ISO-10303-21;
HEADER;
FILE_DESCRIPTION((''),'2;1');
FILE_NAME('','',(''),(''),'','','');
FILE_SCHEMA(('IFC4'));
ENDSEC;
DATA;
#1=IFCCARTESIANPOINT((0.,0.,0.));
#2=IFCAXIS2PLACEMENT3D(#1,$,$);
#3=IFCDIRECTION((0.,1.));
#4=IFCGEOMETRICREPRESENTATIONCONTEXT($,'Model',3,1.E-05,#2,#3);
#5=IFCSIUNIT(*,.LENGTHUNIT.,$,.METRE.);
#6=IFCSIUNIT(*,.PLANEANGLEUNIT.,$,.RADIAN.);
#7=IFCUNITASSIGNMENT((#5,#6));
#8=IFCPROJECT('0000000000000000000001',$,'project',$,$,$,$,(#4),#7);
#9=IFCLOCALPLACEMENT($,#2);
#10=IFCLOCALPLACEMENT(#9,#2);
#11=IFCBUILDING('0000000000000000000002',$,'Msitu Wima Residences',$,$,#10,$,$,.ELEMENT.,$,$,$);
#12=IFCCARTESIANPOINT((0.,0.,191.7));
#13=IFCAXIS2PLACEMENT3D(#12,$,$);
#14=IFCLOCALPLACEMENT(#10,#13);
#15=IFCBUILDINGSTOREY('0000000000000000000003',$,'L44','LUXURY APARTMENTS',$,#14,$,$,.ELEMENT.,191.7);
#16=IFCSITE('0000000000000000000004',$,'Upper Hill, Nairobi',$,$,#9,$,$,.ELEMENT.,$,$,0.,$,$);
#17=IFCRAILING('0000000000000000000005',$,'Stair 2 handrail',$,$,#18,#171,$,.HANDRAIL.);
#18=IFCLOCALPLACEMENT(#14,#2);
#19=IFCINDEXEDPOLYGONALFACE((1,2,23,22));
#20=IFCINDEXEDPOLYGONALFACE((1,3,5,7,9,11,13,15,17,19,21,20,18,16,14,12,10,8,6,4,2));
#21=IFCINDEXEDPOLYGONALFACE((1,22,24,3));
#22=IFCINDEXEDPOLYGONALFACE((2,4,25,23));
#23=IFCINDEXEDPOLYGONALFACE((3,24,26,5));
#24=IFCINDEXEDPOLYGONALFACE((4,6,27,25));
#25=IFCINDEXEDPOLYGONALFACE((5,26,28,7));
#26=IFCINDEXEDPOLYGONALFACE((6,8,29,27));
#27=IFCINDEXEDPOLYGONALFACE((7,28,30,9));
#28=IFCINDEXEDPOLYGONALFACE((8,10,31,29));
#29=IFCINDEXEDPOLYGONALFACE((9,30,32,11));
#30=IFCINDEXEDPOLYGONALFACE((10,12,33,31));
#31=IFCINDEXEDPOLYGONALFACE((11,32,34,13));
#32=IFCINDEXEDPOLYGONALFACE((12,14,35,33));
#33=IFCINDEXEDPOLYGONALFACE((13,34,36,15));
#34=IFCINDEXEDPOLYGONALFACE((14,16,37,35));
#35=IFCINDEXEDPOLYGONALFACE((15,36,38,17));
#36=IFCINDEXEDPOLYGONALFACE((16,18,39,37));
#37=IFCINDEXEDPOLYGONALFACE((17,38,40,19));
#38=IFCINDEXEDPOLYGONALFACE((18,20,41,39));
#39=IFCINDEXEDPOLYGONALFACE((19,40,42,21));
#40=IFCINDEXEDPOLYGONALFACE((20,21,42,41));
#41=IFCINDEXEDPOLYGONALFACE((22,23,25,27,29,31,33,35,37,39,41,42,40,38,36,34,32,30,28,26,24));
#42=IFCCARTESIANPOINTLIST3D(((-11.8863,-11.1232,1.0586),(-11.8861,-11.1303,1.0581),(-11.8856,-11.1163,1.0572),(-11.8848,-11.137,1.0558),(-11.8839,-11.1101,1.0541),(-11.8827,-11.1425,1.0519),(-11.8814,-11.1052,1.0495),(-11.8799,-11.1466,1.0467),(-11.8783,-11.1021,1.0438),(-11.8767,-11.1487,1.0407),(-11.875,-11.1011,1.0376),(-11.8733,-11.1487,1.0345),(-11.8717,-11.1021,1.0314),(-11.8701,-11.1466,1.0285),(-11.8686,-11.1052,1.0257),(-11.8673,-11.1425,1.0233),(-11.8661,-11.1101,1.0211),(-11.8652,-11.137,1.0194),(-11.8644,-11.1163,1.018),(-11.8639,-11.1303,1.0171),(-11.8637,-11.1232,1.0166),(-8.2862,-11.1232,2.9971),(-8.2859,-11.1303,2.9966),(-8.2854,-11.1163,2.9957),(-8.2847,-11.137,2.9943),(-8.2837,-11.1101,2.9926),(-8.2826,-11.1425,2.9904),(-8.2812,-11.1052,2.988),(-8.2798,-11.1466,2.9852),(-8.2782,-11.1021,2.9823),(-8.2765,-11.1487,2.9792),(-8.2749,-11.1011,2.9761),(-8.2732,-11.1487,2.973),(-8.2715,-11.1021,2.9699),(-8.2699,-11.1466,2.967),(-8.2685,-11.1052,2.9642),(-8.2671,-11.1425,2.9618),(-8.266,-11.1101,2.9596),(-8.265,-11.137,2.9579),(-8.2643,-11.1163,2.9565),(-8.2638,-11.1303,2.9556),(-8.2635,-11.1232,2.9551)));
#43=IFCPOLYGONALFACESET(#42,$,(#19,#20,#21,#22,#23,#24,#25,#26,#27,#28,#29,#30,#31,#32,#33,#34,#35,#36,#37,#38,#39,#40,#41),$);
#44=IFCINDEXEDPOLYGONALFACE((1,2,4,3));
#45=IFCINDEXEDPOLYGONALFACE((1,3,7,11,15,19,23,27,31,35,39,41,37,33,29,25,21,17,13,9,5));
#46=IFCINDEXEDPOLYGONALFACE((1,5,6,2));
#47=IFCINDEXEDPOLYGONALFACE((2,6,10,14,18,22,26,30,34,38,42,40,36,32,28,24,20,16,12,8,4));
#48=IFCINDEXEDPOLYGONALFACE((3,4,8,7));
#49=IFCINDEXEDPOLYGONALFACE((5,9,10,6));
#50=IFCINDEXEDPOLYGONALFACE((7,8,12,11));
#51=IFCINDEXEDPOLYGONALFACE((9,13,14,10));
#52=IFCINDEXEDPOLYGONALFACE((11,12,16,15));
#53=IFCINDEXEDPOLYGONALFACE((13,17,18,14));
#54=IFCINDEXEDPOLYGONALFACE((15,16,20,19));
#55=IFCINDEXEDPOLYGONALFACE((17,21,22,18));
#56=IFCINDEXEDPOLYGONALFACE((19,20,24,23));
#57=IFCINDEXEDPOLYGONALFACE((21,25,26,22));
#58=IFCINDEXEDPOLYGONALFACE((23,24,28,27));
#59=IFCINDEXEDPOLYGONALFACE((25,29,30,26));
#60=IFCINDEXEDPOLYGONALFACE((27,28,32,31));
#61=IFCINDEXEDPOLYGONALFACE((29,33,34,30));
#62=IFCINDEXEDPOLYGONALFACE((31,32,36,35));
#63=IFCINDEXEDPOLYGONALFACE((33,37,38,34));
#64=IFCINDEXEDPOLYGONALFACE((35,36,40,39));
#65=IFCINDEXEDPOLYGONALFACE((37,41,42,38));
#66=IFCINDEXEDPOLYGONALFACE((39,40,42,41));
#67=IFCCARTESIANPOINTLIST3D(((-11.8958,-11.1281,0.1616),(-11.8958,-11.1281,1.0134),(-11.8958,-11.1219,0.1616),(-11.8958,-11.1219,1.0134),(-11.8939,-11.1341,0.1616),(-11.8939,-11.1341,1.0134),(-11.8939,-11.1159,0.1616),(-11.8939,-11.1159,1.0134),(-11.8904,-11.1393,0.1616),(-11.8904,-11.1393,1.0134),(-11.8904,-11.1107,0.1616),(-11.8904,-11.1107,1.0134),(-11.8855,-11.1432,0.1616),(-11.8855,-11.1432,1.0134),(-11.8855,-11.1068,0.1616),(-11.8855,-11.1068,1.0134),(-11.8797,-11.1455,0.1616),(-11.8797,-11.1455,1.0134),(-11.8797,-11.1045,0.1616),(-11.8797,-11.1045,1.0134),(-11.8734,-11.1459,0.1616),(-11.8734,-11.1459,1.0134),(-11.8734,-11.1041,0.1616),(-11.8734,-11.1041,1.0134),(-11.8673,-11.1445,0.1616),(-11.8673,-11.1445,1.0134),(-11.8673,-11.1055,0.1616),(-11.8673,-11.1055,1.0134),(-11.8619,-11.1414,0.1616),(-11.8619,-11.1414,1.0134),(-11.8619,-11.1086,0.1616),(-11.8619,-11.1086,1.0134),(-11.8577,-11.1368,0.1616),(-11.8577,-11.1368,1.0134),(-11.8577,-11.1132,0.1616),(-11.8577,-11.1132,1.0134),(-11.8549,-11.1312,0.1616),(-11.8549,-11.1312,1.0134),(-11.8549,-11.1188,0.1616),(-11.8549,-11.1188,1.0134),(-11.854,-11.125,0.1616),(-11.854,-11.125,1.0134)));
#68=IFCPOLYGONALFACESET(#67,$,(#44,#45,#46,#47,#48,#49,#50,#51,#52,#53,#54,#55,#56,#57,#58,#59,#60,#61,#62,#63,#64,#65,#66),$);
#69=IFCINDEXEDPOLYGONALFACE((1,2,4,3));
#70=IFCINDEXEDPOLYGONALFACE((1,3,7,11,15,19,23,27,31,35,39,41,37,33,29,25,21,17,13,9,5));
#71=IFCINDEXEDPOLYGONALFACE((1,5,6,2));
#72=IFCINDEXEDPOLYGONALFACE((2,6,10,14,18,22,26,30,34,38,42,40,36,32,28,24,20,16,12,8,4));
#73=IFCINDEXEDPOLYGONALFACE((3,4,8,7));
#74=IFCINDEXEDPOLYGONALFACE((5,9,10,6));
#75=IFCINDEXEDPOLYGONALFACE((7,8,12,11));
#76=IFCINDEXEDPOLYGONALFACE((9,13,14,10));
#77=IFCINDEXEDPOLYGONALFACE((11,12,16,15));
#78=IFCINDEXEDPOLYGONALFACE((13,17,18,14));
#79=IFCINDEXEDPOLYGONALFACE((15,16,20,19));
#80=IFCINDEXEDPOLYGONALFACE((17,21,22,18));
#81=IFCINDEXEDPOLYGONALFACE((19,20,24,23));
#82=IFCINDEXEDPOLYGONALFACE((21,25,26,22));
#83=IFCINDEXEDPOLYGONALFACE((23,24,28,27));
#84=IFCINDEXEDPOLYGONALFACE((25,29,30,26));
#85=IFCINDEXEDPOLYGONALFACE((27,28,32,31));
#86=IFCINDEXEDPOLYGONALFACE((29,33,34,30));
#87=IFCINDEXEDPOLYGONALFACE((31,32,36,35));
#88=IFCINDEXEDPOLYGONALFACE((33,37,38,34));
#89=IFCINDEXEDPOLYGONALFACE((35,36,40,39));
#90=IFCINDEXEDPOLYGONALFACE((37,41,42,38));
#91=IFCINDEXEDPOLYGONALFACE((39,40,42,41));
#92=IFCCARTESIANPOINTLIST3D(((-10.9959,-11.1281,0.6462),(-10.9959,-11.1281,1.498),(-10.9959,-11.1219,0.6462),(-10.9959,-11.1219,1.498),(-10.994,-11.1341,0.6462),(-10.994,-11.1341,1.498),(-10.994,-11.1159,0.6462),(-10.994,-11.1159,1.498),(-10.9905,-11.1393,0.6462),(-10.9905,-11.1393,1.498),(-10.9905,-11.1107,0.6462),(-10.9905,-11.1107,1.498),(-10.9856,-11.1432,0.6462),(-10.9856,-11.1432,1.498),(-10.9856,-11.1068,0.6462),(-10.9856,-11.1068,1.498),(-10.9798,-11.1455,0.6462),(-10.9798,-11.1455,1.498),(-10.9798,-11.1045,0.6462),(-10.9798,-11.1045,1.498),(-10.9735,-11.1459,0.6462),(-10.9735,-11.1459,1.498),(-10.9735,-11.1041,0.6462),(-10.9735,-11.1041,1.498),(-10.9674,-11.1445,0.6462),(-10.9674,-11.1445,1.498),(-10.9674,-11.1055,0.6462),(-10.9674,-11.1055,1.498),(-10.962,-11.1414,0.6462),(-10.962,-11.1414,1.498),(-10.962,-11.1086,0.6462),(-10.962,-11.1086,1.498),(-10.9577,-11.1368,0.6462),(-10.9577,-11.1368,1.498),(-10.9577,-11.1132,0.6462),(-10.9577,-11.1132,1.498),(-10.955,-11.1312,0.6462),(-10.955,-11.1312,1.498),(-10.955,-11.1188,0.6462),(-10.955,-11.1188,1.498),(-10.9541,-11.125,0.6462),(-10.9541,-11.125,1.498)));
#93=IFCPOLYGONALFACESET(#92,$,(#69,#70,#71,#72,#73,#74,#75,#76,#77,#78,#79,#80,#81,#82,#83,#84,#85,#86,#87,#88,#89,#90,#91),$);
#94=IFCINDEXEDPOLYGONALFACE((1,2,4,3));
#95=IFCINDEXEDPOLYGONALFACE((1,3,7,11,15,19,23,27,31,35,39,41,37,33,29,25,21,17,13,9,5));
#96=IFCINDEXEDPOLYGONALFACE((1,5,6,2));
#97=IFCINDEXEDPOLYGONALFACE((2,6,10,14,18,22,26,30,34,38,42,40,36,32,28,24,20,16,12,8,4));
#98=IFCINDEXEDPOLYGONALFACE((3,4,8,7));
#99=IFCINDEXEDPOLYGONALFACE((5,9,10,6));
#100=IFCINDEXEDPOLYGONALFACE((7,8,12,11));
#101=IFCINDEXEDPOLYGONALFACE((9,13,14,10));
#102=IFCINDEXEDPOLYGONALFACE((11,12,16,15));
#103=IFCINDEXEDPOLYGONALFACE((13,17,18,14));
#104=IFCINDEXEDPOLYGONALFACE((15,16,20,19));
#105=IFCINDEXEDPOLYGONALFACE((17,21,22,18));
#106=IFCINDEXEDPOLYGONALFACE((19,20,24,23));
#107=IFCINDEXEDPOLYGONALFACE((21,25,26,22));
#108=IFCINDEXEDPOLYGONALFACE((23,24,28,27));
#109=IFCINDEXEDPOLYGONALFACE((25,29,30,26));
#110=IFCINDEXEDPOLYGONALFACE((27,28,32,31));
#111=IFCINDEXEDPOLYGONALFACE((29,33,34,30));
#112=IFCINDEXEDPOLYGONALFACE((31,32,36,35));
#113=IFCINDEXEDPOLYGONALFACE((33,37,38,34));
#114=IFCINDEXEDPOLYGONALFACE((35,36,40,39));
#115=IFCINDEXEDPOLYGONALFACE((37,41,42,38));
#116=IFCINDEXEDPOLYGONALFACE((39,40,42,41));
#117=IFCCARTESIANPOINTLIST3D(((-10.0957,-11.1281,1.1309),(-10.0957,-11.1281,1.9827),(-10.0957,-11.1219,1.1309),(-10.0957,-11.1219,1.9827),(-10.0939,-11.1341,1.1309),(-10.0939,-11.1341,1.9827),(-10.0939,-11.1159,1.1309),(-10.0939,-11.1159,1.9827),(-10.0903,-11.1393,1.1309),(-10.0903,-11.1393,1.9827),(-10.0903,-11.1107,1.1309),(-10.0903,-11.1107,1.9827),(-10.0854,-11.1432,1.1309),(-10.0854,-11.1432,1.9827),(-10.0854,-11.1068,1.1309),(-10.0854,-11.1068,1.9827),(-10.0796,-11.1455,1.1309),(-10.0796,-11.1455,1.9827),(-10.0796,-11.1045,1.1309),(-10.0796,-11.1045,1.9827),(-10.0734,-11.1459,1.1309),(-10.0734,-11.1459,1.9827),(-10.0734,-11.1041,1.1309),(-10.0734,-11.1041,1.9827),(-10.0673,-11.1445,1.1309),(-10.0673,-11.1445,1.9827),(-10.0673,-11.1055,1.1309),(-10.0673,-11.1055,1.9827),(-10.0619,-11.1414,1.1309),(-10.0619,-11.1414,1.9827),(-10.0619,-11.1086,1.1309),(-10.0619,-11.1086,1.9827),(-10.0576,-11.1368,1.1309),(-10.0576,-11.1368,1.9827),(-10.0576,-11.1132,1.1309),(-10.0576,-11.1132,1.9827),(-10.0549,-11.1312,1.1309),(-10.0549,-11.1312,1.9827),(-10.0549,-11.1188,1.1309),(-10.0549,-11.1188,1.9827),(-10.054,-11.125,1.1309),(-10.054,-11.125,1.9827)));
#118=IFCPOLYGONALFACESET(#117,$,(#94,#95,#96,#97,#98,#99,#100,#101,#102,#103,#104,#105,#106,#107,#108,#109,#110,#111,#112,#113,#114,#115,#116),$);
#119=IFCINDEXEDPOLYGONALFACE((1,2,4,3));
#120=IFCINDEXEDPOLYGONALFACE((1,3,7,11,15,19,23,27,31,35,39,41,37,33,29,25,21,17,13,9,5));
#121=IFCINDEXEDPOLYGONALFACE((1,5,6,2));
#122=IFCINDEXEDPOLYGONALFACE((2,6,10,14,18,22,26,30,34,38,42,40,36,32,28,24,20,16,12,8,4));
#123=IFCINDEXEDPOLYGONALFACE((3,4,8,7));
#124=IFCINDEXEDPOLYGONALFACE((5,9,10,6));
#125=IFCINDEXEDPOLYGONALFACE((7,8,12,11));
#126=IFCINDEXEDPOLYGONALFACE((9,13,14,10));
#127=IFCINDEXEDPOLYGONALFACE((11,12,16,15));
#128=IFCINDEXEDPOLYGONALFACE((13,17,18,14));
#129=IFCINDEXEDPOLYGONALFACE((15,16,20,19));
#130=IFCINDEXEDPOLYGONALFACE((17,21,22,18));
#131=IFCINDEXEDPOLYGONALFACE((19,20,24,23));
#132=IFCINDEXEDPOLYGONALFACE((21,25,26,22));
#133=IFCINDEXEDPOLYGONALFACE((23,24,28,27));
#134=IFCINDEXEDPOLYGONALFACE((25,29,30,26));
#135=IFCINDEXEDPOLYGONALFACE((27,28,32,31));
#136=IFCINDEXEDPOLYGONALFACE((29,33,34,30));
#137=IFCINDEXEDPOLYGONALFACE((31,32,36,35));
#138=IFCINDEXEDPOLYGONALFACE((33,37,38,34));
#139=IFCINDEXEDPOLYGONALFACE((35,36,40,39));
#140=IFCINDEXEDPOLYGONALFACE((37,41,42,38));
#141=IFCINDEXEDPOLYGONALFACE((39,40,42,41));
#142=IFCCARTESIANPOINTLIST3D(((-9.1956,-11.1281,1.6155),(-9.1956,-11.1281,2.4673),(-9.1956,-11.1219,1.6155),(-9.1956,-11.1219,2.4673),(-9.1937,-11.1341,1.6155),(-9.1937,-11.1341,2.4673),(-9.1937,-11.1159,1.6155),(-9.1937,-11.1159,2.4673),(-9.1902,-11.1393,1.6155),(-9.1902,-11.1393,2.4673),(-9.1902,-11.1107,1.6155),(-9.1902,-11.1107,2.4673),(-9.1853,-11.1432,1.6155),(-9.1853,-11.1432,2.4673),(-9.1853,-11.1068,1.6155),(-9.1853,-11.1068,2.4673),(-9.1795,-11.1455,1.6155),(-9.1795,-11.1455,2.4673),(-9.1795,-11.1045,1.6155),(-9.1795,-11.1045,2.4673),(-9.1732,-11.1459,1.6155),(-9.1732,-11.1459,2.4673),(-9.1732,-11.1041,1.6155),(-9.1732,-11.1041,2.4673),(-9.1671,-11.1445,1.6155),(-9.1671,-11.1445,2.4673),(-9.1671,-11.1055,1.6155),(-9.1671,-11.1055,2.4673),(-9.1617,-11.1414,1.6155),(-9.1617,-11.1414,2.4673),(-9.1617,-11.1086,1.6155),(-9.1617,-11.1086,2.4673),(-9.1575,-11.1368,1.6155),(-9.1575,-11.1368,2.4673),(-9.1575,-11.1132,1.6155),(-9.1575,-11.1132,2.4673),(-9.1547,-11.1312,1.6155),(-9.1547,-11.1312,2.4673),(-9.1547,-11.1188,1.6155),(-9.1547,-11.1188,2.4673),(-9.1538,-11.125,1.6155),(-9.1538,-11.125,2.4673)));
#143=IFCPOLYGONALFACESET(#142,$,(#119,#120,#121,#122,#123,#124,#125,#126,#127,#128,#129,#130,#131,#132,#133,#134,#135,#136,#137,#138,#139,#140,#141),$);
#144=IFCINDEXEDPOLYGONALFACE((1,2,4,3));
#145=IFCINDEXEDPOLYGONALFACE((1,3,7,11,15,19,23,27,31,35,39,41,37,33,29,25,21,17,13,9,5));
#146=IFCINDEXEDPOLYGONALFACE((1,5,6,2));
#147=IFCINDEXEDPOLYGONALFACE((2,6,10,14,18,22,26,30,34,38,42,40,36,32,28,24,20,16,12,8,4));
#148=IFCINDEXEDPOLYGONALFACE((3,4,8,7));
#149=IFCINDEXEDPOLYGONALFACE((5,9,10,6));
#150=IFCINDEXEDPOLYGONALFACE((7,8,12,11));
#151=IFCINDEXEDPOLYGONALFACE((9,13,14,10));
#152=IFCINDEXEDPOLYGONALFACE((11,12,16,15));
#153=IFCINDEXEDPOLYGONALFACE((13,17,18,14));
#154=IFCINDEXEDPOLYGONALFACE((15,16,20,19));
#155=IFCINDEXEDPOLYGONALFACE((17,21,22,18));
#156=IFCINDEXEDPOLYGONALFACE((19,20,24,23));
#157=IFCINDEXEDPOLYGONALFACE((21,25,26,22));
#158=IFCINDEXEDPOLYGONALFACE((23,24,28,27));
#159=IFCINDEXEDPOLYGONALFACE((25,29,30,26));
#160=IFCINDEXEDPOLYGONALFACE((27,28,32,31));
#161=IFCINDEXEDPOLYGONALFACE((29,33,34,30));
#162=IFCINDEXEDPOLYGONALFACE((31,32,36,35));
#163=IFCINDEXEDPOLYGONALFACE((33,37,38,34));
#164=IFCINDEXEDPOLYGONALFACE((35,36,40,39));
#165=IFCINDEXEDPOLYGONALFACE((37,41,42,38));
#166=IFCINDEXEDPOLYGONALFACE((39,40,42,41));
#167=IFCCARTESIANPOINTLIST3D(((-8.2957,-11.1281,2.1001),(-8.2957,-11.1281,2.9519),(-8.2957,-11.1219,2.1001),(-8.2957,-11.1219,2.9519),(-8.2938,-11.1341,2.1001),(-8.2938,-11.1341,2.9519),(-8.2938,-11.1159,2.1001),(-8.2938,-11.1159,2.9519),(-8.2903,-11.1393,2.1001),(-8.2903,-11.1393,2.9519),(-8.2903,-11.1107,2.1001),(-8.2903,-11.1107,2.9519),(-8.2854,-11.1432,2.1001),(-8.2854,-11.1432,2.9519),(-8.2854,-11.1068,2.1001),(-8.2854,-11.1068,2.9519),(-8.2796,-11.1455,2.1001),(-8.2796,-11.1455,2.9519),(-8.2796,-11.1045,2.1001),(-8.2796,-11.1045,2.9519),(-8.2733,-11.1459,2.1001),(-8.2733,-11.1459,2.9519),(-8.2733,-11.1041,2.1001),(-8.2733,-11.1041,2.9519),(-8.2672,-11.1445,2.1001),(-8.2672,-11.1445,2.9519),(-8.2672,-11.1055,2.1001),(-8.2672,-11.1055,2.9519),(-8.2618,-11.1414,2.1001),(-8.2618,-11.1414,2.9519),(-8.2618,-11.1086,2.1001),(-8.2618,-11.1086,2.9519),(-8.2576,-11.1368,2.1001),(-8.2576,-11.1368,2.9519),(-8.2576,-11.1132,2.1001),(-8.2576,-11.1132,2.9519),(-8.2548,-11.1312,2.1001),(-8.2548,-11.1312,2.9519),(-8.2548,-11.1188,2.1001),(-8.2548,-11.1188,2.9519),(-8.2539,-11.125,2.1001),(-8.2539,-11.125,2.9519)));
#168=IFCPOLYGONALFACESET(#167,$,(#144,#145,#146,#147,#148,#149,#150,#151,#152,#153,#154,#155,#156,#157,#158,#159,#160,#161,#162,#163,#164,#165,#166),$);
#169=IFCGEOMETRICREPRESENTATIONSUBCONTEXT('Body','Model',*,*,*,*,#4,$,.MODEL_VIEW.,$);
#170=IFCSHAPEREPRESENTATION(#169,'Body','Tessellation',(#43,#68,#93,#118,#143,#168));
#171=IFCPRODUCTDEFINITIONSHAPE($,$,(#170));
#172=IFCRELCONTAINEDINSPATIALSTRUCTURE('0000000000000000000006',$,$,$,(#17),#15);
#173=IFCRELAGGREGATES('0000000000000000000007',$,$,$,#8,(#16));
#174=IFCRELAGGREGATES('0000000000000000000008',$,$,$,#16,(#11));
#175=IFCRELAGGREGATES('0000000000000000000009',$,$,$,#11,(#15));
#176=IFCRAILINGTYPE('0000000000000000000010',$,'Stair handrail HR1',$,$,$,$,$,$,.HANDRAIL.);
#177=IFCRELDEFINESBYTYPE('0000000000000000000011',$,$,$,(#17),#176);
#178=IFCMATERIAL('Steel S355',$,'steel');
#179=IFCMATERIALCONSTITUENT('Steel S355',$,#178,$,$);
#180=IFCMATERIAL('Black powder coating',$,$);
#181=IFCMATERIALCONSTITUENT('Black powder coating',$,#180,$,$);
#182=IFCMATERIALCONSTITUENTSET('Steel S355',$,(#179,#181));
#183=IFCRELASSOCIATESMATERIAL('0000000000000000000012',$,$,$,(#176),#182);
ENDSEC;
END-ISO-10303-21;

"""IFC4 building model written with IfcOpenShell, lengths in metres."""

from ifc_helpers import new_model, si_unit, direction, frame, origin, origin_2d, place, context, subcontext, project, spatial, circle, extrude, material, constituent, constituent_set, type_object, element, save


model = new_model("IFC4")

# Units and contexts
model_context = context("Model", 3, precision=1e-05, world=origin(), true_north=direction((0.0, 1.0)))
body_context = subcontext(model_context, "Body", "Model", "MODEL_VIEW")
ifc_project = project(units=[si_unit("LENGTHUNIT", "METRE"), si_unit("PLANEANGLEUNIT", "RADIAN")], contexts=[model_context])

# Site, building, storey
site_placement = place(None, origin())
site = spatial("IfcSite", under=ifc_project, at=site_placement, Name="Upper Hill, Nairobi", CompositionType="ELEMENT", RefElevation=0.0)
building_placement = place(site_placement, origin())
building = spatial("IfcBuilding", under=site, at=building_placement, Name="Msitu Wima Residences", CompositionType="ELEMENT")
storey_placement = place(building_placement, frame((0.0, 0.0, 191.7)))
storey = spatial("IfcBuildingStorey", under=building, at=storey_placement, Name="L44", Description="LUXURY APARTMENTS", CompositionType="ELEMENT", Elevation=191.7)

# Railing
ifc_material_1 = material(Name="Steel S355", Category="steel")
ifc_constituent_1 = constituent(ifc_material_1, Name="Steel S355")
ifc_material_2 = material(Name="Black powder coating")
ifc_constituent_2 = constituent(ifc_material_2, Name="Black powder coating")
ifc_constituent_set = constituent_set(constituents=[ifc_constituent_1, ifc_constituent_2], Name="Steel S355")
railing_type = type_object("IfcRailingType", Name="Stair handrail HR1", PredefinedType="HANDRAIL", material=ifc_constituent_set)
for number, where, name in (
    (1, (-11.875, -11.125, 0.1616), "Stair 2 handrail"),
):
    element("IfcRailing", number, at=place(storey_placement, frame(where)), inside=storey, type_object=railing_type, Name=name, PredefinedType="HANDRAIL", context=body_context, shape_type="SweptSolid", body=[
        extrude(circle(Radius=0.0239, at=origin_2d()), frame((0.0, 0.0, 0.876), z_axis=(0.880475, 0.0, 0.474093), x_axis=(0.0, 1.0, 0.0)), (0.0, 0.0, 1.0), 4.0889),
        extrude(circle(Radius=0.021, at=origin_2d()), origin(), (0.0, 0.0, 1.0), 0.8518),
        extrude(circle(Radius=0.021, at=origin_2d()), frame((0.8999, 0.0, 0.4846)), (0.0, 0.0, 1.0), 0.8518),
        extrude(circle(Radius=0.021, at=origin_2d()), frame((1.8, 0.0, 0.9692)), (0.0, 0.0, 1.0), 0.8518),
        extrude(circle(Radius=0.021, at=origin_2d()), frame((2.7002, 0.0, 1.4539)), (0.0, 0.0, 1.0), 0.8518),
        extrude(circle(Radius=0.021, at=origin_2d()), frame((3.6001, 0.0, 1.9385)), (0.0, 0.0, 1.0), 0.8518),
    ])

save(model, "model.ifc")
